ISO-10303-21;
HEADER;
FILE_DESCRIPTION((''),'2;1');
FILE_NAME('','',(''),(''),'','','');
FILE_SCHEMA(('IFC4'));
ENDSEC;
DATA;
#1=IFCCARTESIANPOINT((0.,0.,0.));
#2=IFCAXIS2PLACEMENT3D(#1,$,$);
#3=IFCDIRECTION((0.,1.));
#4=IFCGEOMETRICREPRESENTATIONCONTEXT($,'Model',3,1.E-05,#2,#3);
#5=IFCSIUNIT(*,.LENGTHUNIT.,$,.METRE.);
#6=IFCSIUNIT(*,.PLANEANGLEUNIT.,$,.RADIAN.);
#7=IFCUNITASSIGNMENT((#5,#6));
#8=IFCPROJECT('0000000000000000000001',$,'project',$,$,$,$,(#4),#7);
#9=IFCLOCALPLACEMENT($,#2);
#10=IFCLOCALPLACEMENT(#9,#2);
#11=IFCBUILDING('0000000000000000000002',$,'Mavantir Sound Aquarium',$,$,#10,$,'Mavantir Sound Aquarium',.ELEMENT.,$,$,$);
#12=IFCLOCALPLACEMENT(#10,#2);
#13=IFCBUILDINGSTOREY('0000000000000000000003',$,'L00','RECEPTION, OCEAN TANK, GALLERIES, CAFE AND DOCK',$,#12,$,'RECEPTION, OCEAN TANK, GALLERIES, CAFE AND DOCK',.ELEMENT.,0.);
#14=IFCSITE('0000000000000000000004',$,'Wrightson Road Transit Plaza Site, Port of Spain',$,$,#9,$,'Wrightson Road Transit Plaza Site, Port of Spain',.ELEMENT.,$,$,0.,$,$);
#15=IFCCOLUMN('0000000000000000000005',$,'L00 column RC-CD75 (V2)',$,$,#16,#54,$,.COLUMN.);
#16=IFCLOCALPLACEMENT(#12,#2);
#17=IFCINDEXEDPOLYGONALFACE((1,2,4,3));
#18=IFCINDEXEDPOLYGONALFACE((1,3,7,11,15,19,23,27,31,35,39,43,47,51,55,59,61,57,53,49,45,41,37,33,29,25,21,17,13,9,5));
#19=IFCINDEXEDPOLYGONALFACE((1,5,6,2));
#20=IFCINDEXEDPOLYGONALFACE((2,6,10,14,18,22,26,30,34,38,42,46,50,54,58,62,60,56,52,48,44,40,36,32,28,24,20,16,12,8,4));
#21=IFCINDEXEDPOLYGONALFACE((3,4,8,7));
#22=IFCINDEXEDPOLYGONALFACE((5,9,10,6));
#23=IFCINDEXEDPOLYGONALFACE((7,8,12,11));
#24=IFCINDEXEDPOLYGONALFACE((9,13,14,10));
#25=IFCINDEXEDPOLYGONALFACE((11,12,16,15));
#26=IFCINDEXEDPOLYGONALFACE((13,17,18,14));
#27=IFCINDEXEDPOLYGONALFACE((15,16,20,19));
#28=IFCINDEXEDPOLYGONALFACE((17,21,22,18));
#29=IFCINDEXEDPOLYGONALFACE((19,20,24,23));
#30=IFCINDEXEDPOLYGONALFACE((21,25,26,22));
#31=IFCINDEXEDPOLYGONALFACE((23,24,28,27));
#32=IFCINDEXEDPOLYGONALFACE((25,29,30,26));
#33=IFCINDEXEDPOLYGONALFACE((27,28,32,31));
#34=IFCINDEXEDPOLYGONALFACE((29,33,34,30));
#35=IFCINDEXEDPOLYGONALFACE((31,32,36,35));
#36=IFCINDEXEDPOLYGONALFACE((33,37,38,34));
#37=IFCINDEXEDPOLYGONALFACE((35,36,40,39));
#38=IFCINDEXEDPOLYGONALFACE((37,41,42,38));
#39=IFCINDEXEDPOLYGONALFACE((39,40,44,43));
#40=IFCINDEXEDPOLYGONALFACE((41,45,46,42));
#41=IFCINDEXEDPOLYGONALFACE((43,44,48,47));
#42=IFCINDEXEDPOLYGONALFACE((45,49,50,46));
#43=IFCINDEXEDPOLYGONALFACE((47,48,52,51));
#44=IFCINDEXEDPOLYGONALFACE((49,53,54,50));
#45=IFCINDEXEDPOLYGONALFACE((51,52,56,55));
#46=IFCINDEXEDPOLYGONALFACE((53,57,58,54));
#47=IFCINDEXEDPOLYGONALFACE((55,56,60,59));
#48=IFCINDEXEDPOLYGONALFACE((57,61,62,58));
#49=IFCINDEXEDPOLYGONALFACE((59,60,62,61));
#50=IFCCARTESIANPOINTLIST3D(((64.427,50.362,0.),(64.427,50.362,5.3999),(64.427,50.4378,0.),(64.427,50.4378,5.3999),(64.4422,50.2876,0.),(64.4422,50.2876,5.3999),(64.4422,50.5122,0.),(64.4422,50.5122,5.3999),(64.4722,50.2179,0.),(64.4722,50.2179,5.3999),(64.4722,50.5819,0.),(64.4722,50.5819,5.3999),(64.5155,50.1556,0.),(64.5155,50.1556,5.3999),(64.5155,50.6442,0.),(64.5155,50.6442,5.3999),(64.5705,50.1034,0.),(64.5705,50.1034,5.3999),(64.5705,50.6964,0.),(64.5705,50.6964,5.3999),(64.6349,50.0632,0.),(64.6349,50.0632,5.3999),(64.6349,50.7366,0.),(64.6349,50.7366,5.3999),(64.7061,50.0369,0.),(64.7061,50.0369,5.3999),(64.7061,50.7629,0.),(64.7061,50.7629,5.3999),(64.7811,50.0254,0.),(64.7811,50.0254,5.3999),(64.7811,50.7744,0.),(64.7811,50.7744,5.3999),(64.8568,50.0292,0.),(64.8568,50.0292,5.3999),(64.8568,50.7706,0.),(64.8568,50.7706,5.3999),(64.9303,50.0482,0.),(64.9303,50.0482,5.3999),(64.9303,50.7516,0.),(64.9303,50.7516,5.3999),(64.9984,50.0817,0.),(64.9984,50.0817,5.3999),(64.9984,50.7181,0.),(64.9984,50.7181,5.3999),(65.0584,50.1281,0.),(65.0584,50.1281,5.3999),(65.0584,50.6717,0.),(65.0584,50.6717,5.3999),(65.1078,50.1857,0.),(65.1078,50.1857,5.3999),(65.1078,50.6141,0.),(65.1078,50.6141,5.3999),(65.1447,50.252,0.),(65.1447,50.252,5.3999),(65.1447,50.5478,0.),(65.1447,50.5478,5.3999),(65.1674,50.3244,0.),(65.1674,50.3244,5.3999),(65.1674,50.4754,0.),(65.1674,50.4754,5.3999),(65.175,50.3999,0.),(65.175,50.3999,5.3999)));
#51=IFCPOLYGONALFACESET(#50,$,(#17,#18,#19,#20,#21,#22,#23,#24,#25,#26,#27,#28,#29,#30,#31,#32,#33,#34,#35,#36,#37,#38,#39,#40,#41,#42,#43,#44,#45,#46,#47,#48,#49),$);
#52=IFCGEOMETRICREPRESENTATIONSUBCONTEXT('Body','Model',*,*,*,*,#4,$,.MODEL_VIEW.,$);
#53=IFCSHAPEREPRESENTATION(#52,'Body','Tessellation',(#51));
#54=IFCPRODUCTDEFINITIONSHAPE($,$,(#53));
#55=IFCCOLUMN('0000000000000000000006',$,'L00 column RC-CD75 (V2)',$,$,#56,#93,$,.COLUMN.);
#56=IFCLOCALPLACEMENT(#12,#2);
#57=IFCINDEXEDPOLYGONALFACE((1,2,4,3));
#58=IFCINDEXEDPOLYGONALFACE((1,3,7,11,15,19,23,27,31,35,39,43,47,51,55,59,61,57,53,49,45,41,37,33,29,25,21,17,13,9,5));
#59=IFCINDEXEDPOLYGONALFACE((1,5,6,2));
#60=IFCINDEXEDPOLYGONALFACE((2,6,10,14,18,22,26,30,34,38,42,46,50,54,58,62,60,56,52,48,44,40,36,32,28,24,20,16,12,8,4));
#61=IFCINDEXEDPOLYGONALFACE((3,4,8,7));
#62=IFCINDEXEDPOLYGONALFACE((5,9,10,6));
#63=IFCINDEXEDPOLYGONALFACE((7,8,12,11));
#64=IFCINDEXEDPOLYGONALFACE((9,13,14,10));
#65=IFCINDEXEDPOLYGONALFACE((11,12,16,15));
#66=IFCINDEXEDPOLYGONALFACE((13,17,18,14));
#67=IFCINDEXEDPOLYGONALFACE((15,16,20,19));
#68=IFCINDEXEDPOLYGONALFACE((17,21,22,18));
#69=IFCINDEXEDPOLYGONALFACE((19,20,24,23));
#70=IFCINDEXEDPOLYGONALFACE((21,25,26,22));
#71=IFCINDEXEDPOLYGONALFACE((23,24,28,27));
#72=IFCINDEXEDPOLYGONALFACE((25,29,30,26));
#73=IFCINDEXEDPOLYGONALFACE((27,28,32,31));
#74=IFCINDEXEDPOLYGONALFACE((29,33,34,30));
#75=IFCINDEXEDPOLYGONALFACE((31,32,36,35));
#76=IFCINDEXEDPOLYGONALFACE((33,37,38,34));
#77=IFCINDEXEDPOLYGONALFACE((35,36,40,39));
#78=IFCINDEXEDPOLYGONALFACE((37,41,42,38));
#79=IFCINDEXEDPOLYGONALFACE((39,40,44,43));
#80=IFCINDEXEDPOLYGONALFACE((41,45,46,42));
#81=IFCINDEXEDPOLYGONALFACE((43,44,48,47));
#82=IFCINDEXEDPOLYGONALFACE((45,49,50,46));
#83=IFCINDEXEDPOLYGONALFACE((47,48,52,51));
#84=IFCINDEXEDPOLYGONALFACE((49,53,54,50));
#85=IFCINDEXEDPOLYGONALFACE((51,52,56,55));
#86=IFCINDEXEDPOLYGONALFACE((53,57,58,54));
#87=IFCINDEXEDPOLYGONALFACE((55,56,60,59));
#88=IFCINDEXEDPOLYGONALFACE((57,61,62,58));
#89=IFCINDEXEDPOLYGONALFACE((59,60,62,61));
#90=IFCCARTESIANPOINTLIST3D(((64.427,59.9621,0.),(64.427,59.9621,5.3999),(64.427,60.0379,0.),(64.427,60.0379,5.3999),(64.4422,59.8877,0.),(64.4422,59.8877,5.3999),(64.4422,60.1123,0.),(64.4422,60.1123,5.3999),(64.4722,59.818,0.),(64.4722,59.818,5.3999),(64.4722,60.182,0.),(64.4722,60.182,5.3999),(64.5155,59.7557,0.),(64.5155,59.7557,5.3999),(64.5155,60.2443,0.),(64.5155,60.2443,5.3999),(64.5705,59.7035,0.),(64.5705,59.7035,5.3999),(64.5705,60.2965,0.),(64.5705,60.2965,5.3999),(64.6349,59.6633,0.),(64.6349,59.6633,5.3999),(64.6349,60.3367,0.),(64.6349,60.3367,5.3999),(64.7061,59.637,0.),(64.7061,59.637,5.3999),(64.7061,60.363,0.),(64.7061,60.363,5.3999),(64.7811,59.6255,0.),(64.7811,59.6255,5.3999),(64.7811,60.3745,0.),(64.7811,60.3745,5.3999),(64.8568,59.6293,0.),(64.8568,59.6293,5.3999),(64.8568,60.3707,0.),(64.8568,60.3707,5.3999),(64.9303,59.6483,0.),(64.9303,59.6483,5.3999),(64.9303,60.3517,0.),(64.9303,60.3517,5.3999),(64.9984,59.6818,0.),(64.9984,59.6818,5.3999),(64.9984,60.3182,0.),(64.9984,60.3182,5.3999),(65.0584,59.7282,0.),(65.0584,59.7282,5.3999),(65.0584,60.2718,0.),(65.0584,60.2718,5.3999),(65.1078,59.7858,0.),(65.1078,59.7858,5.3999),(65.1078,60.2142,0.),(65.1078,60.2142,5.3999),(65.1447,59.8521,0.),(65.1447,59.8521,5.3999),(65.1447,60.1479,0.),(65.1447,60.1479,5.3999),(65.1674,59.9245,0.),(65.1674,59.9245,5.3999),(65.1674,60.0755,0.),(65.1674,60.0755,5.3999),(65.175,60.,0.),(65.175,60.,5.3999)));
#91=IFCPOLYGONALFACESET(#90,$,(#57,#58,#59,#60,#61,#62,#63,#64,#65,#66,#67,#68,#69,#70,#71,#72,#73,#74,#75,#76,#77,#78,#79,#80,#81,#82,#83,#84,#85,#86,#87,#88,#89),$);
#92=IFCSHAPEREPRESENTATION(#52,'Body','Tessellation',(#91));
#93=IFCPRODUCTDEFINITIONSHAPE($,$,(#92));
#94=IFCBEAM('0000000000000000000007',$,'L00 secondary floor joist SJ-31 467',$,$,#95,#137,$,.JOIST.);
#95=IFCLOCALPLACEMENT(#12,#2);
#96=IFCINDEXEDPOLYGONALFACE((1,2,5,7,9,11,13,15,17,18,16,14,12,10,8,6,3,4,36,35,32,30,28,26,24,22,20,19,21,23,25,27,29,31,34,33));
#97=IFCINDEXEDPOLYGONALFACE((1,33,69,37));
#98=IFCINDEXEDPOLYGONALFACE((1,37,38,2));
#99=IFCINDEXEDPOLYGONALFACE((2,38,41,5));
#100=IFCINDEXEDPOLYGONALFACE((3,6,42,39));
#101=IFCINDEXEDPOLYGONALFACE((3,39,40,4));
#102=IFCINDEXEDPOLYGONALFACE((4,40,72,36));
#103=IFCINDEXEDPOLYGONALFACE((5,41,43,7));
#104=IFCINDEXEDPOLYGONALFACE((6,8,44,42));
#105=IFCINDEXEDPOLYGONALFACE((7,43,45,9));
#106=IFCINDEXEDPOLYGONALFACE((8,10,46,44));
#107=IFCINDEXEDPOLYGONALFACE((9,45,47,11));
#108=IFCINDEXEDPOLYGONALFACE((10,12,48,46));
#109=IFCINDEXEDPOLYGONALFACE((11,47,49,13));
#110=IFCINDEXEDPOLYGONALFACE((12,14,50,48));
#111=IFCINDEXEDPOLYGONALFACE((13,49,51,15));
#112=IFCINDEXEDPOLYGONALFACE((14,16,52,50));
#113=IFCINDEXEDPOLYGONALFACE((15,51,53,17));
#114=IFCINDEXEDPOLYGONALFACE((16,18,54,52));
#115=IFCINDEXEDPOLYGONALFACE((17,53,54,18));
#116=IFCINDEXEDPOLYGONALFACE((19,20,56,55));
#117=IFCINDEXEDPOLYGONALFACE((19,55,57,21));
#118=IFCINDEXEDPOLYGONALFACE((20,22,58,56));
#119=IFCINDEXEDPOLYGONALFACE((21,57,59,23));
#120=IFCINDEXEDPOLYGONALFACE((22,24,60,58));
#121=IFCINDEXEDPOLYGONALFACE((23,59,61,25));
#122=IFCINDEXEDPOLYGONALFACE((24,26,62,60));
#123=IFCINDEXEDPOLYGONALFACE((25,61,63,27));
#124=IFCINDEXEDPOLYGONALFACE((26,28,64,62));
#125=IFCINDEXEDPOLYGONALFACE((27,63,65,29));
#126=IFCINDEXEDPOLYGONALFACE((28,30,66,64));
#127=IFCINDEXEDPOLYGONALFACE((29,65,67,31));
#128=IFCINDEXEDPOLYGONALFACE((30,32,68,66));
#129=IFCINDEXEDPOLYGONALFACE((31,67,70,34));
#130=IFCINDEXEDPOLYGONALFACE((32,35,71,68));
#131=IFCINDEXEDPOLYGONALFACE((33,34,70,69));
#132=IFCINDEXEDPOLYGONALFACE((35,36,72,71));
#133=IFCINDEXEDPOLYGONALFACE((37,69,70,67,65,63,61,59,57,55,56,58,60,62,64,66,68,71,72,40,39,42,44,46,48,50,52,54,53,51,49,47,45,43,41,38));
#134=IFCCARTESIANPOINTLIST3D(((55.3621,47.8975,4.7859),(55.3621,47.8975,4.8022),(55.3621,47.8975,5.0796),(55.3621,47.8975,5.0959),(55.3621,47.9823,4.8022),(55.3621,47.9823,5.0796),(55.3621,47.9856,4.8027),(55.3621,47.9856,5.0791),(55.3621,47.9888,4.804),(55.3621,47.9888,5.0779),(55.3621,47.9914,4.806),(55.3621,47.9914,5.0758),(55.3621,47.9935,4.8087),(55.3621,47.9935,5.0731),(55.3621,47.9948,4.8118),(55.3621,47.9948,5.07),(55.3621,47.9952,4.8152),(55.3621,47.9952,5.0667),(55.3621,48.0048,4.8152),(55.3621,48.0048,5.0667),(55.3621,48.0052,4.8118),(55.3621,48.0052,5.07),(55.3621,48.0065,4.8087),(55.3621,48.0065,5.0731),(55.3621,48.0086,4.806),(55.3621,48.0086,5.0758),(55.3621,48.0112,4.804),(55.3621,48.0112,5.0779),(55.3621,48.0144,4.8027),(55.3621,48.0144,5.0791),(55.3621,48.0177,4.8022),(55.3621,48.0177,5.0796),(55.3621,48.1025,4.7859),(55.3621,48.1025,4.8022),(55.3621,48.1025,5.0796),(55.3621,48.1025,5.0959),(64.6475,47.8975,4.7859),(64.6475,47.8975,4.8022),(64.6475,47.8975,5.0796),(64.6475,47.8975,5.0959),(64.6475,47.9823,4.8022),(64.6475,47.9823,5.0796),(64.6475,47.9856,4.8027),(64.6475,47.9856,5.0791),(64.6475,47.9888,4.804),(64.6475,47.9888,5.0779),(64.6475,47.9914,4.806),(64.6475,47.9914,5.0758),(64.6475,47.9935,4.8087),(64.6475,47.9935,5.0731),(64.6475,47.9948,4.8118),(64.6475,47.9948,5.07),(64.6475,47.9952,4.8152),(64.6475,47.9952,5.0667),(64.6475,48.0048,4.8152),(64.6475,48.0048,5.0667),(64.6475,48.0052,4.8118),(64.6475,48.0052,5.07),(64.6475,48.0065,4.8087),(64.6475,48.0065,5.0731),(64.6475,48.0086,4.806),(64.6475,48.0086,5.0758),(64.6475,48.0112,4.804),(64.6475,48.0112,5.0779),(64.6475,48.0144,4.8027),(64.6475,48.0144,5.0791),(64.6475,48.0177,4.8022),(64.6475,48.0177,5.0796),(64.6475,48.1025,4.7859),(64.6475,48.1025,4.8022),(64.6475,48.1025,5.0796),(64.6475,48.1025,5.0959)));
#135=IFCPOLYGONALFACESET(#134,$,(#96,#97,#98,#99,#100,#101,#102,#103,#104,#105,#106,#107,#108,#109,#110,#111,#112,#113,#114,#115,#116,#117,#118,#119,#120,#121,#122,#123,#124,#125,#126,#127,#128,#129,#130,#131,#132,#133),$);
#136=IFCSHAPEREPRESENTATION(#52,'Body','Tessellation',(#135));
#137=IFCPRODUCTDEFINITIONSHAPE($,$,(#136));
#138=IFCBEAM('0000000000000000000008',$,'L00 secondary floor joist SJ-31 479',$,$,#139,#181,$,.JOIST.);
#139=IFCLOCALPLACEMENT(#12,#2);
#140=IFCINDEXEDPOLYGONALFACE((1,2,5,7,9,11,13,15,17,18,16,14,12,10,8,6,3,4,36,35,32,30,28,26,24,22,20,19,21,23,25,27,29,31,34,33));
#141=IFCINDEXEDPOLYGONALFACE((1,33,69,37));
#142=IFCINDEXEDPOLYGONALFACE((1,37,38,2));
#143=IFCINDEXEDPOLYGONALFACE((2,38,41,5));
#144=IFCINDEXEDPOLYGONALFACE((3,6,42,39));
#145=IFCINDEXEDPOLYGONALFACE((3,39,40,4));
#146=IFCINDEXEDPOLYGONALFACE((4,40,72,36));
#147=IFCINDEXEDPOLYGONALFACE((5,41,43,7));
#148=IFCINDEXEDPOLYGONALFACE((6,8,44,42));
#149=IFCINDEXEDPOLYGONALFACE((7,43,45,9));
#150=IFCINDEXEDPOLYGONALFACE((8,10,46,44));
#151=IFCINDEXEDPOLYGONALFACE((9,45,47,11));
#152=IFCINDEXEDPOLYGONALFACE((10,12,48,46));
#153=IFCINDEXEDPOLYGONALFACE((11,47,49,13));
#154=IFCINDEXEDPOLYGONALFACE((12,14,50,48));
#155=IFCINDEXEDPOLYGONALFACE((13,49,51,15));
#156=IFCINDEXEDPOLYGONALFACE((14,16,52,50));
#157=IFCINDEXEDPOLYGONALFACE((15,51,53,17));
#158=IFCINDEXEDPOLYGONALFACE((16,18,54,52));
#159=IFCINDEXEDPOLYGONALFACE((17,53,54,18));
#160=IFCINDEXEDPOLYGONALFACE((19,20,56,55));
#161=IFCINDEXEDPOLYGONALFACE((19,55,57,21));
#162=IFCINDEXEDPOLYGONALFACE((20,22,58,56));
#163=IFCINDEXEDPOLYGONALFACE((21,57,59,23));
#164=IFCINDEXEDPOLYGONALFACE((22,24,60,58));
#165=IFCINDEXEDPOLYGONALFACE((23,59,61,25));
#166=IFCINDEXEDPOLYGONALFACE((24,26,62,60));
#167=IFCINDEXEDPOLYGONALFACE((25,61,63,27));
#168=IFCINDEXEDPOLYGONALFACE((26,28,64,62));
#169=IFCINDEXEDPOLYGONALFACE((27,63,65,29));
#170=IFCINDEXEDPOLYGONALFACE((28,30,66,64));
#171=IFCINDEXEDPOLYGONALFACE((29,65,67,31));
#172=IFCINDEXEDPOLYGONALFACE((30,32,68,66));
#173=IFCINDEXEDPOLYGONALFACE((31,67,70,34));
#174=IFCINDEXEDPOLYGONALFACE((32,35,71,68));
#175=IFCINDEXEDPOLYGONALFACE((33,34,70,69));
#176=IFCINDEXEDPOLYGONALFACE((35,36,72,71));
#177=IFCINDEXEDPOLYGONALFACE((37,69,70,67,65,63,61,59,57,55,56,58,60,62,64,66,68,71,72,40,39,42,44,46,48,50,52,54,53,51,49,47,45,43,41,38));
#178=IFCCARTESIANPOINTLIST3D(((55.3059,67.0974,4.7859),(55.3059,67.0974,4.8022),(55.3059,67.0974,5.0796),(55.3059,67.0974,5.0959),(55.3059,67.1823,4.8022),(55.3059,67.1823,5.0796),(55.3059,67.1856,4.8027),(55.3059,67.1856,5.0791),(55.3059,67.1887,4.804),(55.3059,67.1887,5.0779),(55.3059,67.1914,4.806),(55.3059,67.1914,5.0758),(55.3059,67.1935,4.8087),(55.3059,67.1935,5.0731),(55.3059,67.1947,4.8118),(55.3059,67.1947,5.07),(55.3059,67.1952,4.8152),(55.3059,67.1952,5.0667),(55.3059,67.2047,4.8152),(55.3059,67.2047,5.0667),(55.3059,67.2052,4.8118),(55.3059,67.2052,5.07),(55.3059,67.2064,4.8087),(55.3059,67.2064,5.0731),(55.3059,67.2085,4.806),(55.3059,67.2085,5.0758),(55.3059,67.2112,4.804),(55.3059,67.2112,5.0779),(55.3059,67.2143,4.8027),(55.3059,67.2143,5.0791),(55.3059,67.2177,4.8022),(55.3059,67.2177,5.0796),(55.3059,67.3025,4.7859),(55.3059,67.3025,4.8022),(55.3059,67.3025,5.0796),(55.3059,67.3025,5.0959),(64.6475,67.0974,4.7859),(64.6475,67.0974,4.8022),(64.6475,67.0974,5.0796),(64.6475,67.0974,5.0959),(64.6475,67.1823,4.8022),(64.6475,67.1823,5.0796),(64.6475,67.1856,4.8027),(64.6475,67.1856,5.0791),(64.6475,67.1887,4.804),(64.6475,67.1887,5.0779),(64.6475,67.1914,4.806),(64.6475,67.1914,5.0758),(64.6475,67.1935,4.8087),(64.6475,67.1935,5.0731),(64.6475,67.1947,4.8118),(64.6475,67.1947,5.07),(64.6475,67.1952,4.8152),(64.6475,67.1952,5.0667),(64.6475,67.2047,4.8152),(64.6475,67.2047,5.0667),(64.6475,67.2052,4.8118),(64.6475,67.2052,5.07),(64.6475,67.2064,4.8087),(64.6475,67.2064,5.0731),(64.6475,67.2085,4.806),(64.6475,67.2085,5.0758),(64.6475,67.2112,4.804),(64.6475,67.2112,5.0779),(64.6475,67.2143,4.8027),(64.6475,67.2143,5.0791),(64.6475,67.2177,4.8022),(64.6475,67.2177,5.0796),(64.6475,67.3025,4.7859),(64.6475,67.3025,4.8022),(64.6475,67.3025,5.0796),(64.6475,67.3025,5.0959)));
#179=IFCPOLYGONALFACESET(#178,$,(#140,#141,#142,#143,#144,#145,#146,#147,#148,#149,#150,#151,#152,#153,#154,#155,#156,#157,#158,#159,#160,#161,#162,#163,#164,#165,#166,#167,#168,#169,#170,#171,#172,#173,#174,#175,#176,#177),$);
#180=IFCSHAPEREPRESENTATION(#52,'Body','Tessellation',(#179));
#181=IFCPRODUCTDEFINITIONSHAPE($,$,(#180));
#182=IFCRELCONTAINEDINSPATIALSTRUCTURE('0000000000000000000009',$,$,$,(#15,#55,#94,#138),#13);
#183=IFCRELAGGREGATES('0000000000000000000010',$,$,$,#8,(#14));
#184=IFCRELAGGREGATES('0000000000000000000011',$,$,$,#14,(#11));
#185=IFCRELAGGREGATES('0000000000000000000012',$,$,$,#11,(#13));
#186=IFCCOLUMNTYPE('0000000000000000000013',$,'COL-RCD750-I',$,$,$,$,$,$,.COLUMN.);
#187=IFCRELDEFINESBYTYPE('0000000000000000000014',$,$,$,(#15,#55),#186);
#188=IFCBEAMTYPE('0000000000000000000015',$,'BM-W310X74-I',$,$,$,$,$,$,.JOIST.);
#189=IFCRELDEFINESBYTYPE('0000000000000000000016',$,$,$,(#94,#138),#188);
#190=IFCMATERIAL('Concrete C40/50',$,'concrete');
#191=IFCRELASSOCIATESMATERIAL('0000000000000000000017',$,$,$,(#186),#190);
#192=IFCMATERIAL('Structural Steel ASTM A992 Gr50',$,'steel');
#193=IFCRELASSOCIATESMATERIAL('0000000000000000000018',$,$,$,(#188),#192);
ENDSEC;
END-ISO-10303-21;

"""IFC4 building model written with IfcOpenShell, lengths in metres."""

from ifc_helpers import new_model, si_unit, direction, frame, origin, origin_2d, place, context, subcontext, project, spatial, circle, i_section, extrude, material, material_profile, profile_set, type_object, element, save


model = new_model("IFC4")

# Units and contexts
model_context = context("Model", 3, precision=1e-05, world=origin(), true_north=direction((0.0, 1.0)))
body_context = subcontext(model_context, "Body", "Model", "MODEL_VIEW")
ifc_project = project(units=[si_unit("LENGTHUNIT", "METRE"), si_unit("PLANEANGLEUNIT", "RADIAN")], contexts=[model_context])

# Site, building, storey
site_placement = place(None, origin())
site = spatial("IfcSite", under=ifc_project, at=site_placement, Name="Wrightson Road Transit Plaza Site, Port of Spain", LongName="Wrightson Road Transit Plaza Site, Port of Spain", CompositionType="ELEMENT", RefElevation=0.0)
building_placement = place(site_placement, origin())
building = spatial("IfcBuilding", under=site, at=building_placement, Name="Mavantir Sound Aquarium", LongName="Mavantir Sound Aquarium", CompositionType="ELEMENT")
storey_placement = place(building_placement, origin())
storey = spatial("IfcBuildingStorey", under=building, at=storey_placement, Name="L00", Description="RECEPTION, OCEAN TANK, GALLERIES, CAFE AND DOCK", LongName="RECEPTION, OCEAN TANK, GALLERIES, CAFE AND DOCK", CompositionType="ELEMENT", Elevation=0.0)

# Columns
ifc_material_1 = material(Name="Concrete C40/50", Category="concrete")
ifc_material_profile_1 = material_profile(ifc_material_1, circle(Radius=0.375, at=origin_2d()), Name="RC D750")
ifc_profile_set_1 = profile_set([ifc_material_profile_1], Name="Concrete C40/50")
column_type_1 = type_object("IfcColumnType", Name="COL-RCD750-I", PredefinedType="COLUMN", material=ifc_profile_set_1)
for number, where, z_axis, x_axis, name in (
    (1, (64.8, 50.3999, 0.0), (0.0, 0.0, 1.0), (1.0, 0.0, 0.0), "L00 column RC-CD75 (V2)"),
    (2, (64.8, 60.0, 0.0), (0.0, 0.0, 1.0), (1.0, 0.0, 0.0), "L00 column RC-CD75 (V2)"),
):
    element("IfcColumn", number, at=place(storey_placement, frame(where, z_axis=z_axis, x_axis=x_axis)), inside=storey, type_object=column_type_1, Name=name, PredefinedType="COLUMN", context=body_context, shape_type="SweptSolid", body=[
        extrude(circle(Radius=0.375, at=origin_2d()), origin(), (0.0, 0.0, 1.0), 5.3999),
    ])

# Beams
ifc_material_2 = material(Name="Structural Steel ASTM A992 Gr50", Category="steel")
ifc_material_profile_2 = material_profile(ifc_material_2, i_section(OverallWidth=0.2051, OverallDepth=0.3101, WebThickness=0.0095, FlangeThickness=0.0164, FilletRadius=0.0129, at=origin_2d()), Name="W310X74")
ifc_profile_set_2 = profile_set([ifc_material_profile_2], Name="Structural Steel ASTM A992 Gr50")
beam_type_1 = type_object("IfcBeamType", Name="BM-W310X74-I", PredefinedType="JOIST", material=ifc_profile_set_2)
beam_1_placement = place(storey_placement, frame((55.3621, 48.0, 4.9409), z_axis=(1.0, 0.0, 0.0), x_axis=(0.0, 1.0, 0.0)))
element("IfcBeam", 3, at=beam_1_placement, inside=storey, type_object=beam_type_1, Name="L00 secondary floor joist SJ-31 467", PredefinedType="JOIST", context=body_context, shape_type="SweptSolid", body=[
    extrude(i_section(OverallWidth=0.2051, OverallDepth=0.3101, WebThickness=0.0095, FlangeThickness=0.0164, FilletRadius=0.0129, at=origin_2d()), origin(), (0.0, 0.0, 1.0), 9.2854),
])
beam_2_placement = place(storey_placement, frame((55.3059, 67.2, 4.9409), z_axis=(1.0, 0.0, 0.0), x_axis=(0.0, 1.0, 0.0)))
element("IfcBeam", 4, at=beam_2_placement, inside=storey, type_object=beam_type_1, Name="L00 secondary floor joist SJ-31 479", PredefinedType="JOIST", context=body_context, shape_type="SweptSolid", body=[
    extrude(i_section(OverallWidth=0.2051, OverallDepth=0.3101, WebThickness=0.0095, FlangeThickness=0.0164, FilletRadius=0.0129, at=origin_2d()), origin(), (0.0, 0.0, 1.0), 9.3416),
])

save(model, "model.ifc")
